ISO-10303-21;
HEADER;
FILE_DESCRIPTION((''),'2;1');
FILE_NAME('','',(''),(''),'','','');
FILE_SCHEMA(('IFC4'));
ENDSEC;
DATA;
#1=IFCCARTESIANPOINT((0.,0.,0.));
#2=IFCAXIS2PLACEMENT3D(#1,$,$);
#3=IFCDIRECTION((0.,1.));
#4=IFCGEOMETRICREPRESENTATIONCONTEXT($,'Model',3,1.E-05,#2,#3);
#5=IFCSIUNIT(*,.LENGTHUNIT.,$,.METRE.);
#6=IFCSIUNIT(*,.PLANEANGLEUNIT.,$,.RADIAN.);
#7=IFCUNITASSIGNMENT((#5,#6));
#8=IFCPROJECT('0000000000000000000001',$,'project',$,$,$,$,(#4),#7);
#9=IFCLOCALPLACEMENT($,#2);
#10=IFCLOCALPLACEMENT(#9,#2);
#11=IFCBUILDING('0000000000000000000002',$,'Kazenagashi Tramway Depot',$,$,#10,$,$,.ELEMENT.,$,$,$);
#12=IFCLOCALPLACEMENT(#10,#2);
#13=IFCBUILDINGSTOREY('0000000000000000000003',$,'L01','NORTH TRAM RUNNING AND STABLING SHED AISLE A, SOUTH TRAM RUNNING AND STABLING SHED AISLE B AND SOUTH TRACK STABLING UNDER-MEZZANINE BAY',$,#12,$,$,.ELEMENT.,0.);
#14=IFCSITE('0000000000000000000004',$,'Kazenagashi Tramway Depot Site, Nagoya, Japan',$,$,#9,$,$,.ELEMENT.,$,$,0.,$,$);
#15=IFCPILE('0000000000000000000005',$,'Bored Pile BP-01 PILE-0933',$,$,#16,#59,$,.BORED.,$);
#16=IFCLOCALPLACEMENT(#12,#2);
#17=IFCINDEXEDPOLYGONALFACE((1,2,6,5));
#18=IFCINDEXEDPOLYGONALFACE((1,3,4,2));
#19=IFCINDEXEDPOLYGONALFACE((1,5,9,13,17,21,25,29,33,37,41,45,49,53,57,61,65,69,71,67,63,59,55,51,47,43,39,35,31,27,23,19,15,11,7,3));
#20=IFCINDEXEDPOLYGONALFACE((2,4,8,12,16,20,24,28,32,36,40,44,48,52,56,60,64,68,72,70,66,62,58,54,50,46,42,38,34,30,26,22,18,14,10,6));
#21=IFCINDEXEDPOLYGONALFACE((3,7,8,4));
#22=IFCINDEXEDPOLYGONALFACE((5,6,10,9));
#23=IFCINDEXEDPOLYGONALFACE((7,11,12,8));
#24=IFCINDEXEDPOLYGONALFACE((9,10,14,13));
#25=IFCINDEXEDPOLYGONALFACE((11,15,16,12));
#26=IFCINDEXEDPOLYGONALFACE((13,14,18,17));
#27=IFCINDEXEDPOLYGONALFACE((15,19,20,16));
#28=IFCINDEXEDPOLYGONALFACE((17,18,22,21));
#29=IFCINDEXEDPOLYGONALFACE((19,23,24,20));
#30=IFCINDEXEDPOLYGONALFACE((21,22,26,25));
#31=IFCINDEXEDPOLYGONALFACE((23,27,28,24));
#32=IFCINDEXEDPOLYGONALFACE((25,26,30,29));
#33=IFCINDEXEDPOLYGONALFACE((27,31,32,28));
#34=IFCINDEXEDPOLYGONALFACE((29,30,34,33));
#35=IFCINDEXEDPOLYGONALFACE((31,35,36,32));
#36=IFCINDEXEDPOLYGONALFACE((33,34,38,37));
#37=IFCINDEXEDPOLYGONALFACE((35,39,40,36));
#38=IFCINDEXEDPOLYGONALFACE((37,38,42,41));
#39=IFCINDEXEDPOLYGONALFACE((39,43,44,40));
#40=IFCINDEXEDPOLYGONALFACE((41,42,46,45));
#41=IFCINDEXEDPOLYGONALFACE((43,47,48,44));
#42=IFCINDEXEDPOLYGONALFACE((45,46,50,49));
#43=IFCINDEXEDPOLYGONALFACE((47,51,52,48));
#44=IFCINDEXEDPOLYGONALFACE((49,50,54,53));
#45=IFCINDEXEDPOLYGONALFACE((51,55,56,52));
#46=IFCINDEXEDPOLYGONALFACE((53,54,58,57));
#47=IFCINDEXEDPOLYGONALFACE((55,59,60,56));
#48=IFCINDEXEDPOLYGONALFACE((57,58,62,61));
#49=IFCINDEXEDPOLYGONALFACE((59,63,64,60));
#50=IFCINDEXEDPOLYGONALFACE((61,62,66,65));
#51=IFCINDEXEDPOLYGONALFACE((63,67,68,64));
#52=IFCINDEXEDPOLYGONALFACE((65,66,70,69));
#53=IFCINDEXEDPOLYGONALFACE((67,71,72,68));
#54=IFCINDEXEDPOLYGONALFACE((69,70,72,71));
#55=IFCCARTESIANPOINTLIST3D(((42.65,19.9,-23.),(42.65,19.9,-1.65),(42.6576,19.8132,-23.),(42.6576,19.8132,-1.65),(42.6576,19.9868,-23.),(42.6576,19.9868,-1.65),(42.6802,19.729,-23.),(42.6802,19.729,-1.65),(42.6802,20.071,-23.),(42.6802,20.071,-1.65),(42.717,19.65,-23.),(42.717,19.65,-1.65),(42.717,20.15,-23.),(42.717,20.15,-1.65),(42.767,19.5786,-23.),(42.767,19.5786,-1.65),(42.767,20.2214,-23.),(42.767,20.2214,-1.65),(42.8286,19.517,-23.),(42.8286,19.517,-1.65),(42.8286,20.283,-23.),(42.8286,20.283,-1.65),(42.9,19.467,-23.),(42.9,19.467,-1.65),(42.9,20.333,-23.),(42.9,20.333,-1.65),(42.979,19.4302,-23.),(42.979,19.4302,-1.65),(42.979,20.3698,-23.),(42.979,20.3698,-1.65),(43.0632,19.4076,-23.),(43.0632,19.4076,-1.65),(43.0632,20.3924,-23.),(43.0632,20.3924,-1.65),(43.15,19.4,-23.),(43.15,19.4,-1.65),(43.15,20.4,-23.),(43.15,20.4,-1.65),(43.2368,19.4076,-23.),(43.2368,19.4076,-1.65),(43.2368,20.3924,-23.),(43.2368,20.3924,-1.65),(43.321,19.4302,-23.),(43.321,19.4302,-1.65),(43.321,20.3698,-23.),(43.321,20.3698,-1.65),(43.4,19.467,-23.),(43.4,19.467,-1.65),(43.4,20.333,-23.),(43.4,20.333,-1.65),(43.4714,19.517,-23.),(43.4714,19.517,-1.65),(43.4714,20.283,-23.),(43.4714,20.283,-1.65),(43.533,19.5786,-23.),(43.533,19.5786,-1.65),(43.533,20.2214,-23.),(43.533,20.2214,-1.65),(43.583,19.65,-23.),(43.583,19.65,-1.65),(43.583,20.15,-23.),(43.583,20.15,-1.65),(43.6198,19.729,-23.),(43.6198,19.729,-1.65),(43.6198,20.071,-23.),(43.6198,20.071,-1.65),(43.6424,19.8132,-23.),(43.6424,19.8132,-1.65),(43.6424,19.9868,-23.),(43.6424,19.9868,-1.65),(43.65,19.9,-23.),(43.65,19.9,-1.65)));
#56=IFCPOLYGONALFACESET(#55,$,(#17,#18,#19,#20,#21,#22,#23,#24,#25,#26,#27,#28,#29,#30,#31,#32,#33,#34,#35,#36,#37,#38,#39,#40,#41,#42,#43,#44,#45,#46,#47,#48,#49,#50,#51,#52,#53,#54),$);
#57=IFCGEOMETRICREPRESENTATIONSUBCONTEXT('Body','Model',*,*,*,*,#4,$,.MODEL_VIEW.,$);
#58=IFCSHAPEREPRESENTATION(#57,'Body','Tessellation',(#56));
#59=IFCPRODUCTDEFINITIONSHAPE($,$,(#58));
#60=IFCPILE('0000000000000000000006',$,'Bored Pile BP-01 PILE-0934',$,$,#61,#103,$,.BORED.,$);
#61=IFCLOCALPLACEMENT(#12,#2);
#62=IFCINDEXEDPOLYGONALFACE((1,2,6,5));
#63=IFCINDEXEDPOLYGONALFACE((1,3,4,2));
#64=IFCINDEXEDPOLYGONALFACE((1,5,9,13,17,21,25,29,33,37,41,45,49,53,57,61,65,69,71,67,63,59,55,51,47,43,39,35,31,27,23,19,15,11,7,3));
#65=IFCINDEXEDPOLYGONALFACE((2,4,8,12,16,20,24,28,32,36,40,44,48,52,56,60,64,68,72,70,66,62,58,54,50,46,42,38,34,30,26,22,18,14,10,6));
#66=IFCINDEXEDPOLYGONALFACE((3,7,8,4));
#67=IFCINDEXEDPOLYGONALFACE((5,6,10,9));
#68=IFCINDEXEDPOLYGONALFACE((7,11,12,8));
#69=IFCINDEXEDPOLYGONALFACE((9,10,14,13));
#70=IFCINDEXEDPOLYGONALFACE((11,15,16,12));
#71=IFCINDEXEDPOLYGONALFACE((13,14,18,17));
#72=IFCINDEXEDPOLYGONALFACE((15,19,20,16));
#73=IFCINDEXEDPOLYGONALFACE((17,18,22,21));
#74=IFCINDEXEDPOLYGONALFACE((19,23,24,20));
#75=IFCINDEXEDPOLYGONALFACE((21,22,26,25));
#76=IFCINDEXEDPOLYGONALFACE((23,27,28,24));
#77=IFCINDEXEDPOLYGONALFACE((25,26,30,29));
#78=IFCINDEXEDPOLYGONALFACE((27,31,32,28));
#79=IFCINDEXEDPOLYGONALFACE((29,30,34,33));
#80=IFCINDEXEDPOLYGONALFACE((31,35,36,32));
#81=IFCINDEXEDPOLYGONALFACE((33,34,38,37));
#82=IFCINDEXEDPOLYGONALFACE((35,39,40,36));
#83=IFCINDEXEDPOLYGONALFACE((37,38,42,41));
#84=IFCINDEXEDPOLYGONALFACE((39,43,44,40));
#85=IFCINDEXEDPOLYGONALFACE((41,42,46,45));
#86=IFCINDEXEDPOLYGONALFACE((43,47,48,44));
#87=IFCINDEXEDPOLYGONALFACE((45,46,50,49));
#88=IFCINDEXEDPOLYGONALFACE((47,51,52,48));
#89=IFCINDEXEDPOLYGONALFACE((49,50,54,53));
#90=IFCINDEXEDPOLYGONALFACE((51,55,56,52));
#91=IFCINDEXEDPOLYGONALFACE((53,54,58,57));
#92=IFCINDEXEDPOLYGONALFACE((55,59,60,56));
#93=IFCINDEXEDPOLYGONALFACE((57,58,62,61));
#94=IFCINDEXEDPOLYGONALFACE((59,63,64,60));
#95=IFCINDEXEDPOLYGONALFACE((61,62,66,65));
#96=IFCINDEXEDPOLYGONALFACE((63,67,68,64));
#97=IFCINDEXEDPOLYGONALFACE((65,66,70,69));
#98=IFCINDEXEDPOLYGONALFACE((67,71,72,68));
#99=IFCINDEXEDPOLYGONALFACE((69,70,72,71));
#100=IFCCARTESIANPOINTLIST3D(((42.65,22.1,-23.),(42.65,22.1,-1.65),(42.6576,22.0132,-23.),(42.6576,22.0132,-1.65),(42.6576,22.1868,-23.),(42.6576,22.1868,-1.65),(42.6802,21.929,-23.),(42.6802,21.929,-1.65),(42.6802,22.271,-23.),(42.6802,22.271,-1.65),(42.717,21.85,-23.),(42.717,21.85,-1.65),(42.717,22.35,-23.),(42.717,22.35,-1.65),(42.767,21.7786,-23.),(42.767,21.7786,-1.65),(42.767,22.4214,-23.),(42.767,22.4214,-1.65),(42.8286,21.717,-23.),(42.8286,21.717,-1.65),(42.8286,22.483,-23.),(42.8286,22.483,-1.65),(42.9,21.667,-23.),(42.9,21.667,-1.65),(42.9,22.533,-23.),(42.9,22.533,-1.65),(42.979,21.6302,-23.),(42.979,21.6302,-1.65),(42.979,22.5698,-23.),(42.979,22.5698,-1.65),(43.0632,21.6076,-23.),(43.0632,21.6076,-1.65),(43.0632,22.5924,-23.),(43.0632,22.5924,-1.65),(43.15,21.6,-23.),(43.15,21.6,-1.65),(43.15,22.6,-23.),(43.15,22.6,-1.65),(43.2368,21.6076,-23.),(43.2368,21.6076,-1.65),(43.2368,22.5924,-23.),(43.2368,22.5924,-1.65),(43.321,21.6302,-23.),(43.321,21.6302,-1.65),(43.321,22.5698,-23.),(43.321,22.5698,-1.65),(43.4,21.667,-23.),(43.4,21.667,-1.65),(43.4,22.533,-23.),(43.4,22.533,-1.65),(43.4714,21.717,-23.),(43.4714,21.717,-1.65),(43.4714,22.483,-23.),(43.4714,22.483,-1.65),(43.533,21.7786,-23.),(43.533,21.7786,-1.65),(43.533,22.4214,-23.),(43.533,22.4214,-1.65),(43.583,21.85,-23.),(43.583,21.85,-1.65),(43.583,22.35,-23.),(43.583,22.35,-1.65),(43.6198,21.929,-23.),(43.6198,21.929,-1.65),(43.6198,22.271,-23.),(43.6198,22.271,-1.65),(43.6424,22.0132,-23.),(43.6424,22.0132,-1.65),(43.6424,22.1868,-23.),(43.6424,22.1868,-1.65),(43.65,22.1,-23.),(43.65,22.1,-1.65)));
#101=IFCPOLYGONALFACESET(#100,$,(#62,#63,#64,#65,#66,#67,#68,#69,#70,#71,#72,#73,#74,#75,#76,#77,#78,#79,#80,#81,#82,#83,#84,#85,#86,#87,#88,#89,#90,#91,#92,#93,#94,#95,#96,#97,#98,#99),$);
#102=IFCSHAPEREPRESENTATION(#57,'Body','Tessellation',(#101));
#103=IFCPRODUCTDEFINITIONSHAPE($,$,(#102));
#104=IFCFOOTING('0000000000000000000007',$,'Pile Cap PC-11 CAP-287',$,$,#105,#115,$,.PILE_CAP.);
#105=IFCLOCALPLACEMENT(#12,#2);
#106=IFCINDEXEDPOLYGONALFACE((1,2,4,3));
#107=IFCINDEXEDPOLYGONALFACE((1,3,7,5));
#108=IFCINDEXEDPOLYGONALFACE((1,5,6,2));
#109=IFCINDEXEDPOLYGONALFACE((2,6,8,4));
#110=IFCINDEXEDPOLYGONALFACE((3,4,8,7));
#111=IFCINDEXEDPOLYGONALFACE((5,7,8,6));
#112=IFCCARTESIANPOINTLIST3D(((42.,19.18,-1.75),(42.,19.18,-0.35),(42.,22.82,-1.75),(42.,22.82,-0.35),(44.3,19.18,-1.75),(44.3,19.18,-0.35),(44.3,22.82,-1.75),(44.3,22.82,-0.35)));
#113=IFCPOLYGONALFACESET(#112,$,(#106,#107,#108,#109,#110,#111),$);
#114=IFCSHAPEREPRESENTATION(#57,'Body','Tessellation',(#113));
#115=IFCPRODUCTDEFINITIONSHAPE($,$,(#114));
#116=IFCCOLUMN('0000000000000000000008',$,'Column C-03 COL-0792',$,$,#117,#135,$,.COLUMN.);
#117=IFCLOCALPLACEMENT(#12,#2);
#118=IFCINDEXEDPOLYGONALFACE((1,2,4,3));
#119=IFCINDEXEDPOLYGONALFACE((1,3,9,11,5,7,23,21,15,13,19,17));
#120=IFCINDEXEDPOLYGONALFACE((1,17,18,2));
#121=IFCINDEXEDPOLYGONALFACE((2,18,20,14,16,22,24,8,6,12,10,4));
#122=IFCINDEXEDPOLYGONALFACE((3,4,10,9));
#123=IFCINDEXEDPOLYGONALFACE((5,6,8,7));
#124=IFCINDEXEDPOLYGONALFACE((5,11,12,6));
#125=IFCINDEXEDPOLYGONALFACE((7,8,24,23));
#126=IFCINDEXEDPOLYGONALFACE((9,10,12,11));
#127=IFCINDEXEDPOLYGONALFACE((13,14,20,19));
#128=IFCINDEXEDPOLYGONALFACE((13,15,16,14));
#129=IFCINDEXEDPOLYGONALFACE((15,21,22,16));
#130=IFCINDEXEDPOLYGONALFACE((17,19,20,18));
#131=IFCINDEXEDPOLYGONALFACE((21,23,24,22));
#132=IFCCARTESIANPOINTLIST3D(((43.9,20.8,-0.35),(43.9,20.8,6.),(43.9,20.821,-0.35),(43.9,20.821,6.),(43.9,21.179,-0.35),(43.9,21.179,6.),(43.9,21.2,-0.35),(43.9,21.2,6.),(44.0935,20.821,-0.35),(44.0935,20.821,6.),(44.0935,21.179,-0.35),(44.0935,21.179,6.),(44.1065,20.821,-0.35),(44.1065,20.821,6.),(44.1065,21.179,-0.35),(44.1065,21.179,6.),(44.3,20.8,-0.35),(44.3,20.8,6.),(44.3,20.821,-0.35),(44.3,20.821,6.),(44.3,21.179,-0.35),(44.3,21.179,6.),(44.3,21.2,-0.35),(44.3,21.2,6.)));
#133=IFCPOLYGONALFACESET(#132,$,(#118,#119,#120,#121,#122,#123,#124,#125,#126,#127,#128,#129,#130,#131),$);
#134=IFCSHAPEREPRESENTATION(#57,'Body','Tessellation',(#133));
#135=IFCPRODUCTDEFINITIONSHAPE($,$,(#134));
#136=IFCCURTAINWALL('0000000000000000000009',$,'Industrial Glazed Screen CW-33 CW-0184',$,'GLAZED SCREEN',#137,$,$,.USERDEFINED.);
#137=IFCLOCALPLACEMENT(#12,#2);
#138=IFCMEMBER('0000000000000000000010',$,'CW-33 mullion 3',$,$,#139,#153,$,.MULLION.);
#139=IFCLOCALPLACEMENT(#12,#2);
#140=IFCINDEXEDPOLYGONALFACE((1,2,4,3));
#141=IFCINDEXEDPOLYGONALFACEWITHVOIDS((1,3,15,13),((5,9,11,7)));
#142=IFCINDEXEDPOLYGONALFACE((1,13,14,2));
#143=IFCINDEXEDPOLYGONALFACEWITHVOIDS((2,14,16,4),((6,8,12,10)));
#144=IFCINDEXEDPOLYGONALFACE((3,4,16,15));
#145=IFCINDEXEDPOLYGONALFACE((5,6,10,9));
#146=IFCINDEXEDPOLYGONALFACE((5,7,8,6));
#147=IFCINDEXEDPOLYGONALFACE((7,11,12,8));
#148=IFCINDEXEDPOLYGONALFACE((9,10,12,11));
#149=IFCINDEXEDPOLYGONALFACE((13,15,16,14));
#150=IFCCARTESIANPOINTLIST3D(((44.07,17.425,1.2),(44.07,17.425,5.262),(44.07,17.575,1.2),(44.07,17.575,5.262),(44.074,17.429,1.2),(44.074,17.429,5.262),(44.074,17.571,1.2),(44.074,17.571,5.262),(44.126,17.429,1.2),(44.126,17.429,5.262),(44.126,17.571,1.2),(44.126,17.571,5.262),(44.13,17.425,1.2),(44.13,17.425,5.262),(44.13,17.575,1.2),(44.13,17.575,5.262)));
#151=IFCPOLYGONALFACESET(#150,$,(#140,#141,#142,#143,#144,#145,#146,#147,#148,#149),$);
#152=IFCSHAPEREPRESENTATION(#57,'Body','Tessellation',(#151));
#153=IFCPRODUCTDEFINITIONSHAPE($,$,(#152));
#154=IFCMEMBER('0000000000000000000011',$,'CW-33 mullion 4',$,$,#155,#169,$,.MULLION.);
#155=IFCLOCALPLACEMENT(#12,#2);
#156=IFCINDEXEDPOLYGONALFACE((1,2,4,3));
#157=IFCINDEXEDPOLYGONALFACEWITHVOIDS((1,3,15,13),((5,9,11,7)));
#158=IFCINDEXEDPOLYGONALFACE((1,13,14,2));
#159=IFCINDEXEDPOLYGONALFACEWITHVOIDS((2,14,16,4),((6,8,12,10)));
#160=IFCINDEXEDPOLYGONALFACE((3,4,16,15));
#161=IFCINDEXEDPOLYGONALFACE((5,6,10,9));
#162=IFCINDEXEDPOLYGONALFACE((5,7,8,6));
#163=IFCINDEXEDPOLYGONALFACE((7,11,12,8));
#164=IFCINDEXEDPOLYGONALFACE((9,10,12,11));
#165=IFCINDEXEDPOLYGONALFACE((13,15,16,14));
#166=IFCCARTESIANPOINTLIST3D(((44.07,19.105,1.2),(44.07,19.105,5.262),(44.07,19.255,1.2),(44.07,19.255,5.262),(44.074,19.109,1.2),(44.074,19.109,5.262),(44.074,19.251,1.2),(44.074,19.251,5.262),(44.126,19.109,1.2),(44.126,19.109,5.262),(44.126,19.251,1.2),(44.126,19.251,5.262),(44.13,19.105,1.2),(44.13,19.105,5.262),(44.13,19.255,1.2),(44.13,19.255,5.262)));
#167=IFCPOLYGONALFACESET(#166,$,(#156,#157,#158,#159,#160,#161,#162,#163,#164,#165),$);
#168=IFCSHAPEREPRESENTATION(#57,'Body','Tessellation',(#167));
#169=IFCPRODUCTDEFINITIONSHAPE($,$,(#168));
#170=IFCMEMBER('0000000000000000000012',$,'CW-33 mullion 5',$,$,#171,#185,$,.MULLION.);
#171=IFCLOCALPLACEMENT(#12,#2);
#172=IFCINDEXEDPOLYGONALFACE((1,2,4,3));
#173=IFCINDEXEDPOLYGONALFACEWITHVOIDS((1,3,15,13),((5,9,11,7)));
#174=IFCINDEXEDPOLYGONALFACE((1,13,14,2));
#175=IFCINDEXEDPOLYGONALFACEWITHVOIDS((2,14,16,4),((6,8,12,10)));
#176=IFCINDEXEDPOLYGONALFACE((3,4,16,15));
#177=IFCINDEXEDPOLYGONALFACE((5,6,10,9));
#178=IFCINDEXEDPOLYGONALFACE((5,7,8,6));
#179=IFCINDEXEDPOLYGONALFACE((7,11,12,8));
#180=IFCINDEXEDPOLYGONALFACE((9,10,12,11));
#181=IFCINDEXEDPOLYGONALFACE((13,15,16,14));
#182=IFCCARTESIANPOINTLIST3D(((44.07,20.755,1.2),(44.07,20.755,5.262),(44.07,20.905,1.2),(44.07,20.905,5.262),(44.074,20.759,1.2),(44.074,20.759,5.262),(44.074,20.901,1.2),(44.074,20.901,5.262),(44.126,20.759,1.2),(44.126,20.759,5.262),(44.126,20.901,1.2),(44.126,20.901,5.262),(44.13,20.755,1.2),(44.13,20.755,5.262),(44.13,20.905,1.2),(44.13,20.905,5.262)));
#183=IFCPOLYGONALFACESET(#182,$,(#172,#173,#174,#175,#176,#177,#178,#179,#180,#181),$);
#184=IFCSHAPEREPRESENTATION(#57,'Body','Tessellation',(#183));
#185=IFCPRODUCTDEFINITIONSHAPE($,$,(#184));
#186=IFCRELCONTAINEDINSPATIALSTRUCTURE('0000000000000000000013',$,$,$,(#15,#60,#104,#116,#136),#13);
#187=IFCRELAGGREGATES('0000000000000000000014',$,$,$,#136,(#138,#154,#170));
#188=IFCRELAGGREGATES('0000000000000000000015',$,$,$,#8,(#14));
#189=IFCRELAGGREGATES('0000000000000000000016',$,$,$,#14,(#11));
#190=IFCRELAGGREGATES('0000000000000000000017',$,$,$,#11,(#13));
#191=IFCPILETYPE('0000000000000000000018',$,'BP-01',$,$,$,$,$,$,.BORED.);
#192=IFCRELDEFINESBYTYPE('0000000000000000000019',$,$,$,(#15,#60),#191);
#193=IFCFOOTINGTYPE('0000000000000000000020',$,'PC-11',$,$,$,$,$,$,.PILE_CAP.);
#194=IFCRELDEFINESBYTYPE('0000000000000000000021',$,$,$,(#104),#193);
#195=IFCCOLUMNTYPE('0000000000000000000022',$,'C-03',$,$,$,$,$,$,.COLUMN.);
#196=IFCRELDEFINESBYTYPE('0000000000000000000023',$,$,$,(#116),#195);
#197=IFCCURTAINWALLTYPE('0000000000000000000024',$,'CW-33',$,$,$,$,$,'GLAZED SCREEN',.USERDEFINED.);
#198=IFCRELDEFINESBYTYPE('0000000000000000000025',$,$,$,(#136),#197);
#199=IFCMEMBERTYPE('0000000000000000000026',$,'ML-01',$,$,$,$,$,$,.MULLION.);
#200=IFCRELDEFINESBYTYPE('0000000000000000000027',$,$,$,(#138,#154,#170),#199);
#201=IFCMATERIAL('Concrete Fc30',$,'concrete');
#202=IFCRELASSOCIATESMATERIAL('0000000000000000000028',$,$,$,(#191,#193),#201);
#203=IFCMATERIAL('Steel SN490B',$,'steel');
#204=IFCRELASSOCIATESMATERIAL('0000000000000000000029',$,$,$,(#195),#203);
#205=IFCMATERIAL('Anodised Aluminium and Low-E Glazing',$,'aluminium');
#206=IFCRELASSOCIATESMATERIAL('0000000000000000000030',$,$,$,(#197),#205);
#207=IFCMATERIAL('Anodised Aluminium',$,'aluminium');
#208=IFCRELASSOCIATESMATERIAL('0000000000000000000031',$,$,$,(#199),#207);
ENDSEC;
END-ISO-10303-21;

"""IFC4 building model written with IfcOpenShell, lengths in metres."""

from ifc_helpers import new_model, si_unit, direction, frame, origin, origin_2d, place, context, subcontext, project, spatial, rectangle, hollow_rectangle, circle, i_section, extrude, material, material_profile, profile_set, type_object, element, aggregate, save


model = new_model("IFC4")

# Units and contexts
model_context = context("Model", 3, precision=1e-05, world=origin(), true_north=direction((0.0, 1.0)))
body_context = subcontext(model_context, "Body", "Model", "MODEL_VIEW")
ifc_project = project(units=[si_unit("LENGTHUNIT", "METRE"), si_unit("PLANEANGLEUNIT", "RADIAN")], contexts=[model_context])

# Site, building, storey
site_placement = place(None, origin())
site = spatial("IfcSite", under=ifc_project, at=site_placement, Name="Kazenagashi Tramway Depot Site, Nagoya, Japan", CompositionType="ELEMENT", RefElevation=0.0)
building_placement = place(site_placement, origin())
building = spatial("IfcBuilding", under=site, at=building_placement, Name="Kazenagashi Tramway Depot", CompositionType="ELEMENT")
storey_placement = place(building_placement, origin())
storey = spatial("IfcBuildingStorey", under=building, at=storey_placement, Name="L01", Description="NORTH TRAM RUNNING AND STABLING SHED AISLE A, SOUTH TRAM RUNNING AND STABLING SHED AISLE B AND SOUTH TRACK STABLING UNDER-MEZZANINE BAY", CompositionType="ELEMENT", Elevation=0.0)

# Piles
ifc_material_1 = material(Name="Concrete Fc30", Category="concrete")
ifc_material_profile_1 = material_profile(ifc_material_1, circle(Radius=0.5, at=origin_2d()), Name="PILE-1000")
ifc_profile_set_1 = profile_set([ifc_material_profile_1], Name="Concrete Fc30")
pile_type = type_object("IfcPileType", Name="BP-01", PredefinedType="BORED", material=ifc_profile_set_1)
for number, where, z_axis, x_axis, name in (
    (1, (43.15, 19.9, -1.65), (0.0, 0.0, -1.0), (1.0, 0.0, 0.0), "Bored Pile BP-01 PILE-0933"),
    (2, (43.15, 22.1, -1.65), (0.0, 0.0, -1.0), (1.0, 0.0, 0.0), "Bored Pile BP-01 PILE-0934"),
):
    element("IfcPile", number, at=place(storey_placement, frame(where, z_axis=z_axis, x_axis=x_axis)), inside=storey, type_object=pile_type, Name=name, PredefinedType="BORED", context=body_context, shape_type="SweptSolid", body=[
        extrude(circle(Radius=0.5, at=origin_2d()), origin(), (0.0, 0.0, 1.0), 21.35),
    ])

# Footing
footing_type = type_object("IfcFootingType", Name="PC-11", PredefinedType="PILE_CAP", material=ifc_material_1)
footing_placement = place(storey_placement, frame((43.15, 21.0, -1.75), z_axis=(0.0, 0.0, 1.0), x_axis=(1.0, 0.0, 0.0)))
element("IfcFooting", 3, at=footing_placement, inside=storey, type_object=footing_type, Name="Pile Cap PC-11 CAP-287", PredefinedType="PILE_CAP", context=body_context, shape_type="SweptSolid", body=[
    extrude(rectangle(XDim=2.3, YDim=3.64, at=origin_2d()), origin(), (0.0, 0.0, 1.0), 1.4),
])

# Column
ifc_material_2 = material(Name="Steel SN490B", Category="steel")
ifc_material_profile_2 = material_profile(ifc_material_2, i_section(OverallWidth=0.4, OverallDepth=0.4, WebThickness=0.013, FlangeThickness=0.021, at=origin_2d()), Name="H-400x400x13x21")
ifc_profile_set_2 = profile_set([ifc_material_profile_2], Name="Steel SN490B")
column_type = type_object("IfcColumnType", Name="C-03", PredefinedType="COLUMN", material=ifc_profile_set_2)
column_placement = place(storey_placement, frame((44.1, 21.0, -0.35), z_axis=(0.0, 0.0, 1.0), x_axis=(1.0, 0.0, 0.0)))
element("IfcColumn", 4, at=column_placement, inside=storey, type_object=column_type, Name="Column C-03 COL-0792", PredefinedType="COLUMN", context=body_context, shape_type="SweptSolid", body=[
    extrude(i_section(OverallWidth=0.4, OverallDepth=0.4, WebThickness=0.013, FlangeThickness=0.021, at=origin_2d()), origin(), (0.0, 0.0, 1.0), 6.35),
])

# Curtain wall, members
ifc_material_3 = material(Name="Anodised Aluminium and Low-E Glazing", Category="aluminium")
curtain_wall_type = type_object("IfcCurtainWallType", Name="CW-33", ElementType="GLAZED SCREEN", PredefinedType="USERDEFINED", material=ifc_material_3)
curtain_wall_1_placement = place(storey_placement, origin())
curtain_wall_1 = element("IfcCurtainWall", 5, at=curtain_wall_1_placement, inside=storey, type_object=curtain_wall_type, Name="Industrial Glazed Screen CW-33 CW-0184", ObjectType="GLAZED SCREEN", PredefinedType="USERDEFINED")
ifc_material_4 = material(Name="Anodised Aluminium", Category="aluminium")
ifc_material_profile_3 = material_profile(ifc_material_4, hollow_rectangle(XDim=0.06, YDim=0.15, WallThickness=0.004, at=origin_2d()), Name="RHS-150x60x4")
ifc_profile_set_3 = profile_set([ifc_material_profile_3], Name="Anodised Aluminium")
member_type_1 = type_object("IfcMemberType", Name="ML-01", PredefinedType="MULLION", material=ifc_profile_set_3)
member_1_placement = place(storey_placement, frame((44.1, 17.5, 1.2), z_axis=(0.0, 0.0, 1.0), x_axis=(-1.0, 0.0, 0.0)))
member_1 = element("IfcMember", 6, at=member_1_placement, type_object=member_type_1, Name="CW-33 mullion 3", PredefinedType="MULLION", context=body_context, shape_type="SweptSolid", body=[
    extrude(hollow_rectangle(XDim=0.06, YDim=0.15, WallThickness=0.004, at=origin_2d()), origin(), (0.0, 0.0, 1.0), 4.062),
])
member_2_placement = place(storey_placement, frame((44.1, 19.18, 1.2), z_axis=(0.0, 0.0, 1.0), x_axis=(-1.0, 0.0, 0.0)))
member_2 = element("IfcMember", 7, at=member_2_placement, type_object=member_type_1, Name="CW-33 mullion 4", PredefinedType="MULLION", context=body_context, shape_type="SweptSolid", body=[
    extrude(hollow_rectangle(XDim=0.06, YDim=0.15, WallThickness=0.004, at=origin_2d()), origin(), (0.0, 0.0, 1.0), 4.062),
])
member_3_placement = place(storey_placement, frame((44.1, 20.83, 1.2), z_axis=(0.0, 0.0, 1.0), x_axis=(-1.0, 0.0, 0.0)))
member_3 = element("IfcMember", 8, at=member_3_placement, type_object=member_type_1, Name="CW-33 mullion 5", PredefinedType="MULLION", context=body_context, shape_type="SweptSolid", body=[
    extrude(hollow_rectangle(XDim=0.06, YDim=0.15, WallThickness=0.004, at=origin_2d()), origin(), (0.0, 0.0, 1.0), 4.062),
])

aggregate(curtain_wall_1, [member_1, member_2, member_3])

save(model, "model.ifc")
